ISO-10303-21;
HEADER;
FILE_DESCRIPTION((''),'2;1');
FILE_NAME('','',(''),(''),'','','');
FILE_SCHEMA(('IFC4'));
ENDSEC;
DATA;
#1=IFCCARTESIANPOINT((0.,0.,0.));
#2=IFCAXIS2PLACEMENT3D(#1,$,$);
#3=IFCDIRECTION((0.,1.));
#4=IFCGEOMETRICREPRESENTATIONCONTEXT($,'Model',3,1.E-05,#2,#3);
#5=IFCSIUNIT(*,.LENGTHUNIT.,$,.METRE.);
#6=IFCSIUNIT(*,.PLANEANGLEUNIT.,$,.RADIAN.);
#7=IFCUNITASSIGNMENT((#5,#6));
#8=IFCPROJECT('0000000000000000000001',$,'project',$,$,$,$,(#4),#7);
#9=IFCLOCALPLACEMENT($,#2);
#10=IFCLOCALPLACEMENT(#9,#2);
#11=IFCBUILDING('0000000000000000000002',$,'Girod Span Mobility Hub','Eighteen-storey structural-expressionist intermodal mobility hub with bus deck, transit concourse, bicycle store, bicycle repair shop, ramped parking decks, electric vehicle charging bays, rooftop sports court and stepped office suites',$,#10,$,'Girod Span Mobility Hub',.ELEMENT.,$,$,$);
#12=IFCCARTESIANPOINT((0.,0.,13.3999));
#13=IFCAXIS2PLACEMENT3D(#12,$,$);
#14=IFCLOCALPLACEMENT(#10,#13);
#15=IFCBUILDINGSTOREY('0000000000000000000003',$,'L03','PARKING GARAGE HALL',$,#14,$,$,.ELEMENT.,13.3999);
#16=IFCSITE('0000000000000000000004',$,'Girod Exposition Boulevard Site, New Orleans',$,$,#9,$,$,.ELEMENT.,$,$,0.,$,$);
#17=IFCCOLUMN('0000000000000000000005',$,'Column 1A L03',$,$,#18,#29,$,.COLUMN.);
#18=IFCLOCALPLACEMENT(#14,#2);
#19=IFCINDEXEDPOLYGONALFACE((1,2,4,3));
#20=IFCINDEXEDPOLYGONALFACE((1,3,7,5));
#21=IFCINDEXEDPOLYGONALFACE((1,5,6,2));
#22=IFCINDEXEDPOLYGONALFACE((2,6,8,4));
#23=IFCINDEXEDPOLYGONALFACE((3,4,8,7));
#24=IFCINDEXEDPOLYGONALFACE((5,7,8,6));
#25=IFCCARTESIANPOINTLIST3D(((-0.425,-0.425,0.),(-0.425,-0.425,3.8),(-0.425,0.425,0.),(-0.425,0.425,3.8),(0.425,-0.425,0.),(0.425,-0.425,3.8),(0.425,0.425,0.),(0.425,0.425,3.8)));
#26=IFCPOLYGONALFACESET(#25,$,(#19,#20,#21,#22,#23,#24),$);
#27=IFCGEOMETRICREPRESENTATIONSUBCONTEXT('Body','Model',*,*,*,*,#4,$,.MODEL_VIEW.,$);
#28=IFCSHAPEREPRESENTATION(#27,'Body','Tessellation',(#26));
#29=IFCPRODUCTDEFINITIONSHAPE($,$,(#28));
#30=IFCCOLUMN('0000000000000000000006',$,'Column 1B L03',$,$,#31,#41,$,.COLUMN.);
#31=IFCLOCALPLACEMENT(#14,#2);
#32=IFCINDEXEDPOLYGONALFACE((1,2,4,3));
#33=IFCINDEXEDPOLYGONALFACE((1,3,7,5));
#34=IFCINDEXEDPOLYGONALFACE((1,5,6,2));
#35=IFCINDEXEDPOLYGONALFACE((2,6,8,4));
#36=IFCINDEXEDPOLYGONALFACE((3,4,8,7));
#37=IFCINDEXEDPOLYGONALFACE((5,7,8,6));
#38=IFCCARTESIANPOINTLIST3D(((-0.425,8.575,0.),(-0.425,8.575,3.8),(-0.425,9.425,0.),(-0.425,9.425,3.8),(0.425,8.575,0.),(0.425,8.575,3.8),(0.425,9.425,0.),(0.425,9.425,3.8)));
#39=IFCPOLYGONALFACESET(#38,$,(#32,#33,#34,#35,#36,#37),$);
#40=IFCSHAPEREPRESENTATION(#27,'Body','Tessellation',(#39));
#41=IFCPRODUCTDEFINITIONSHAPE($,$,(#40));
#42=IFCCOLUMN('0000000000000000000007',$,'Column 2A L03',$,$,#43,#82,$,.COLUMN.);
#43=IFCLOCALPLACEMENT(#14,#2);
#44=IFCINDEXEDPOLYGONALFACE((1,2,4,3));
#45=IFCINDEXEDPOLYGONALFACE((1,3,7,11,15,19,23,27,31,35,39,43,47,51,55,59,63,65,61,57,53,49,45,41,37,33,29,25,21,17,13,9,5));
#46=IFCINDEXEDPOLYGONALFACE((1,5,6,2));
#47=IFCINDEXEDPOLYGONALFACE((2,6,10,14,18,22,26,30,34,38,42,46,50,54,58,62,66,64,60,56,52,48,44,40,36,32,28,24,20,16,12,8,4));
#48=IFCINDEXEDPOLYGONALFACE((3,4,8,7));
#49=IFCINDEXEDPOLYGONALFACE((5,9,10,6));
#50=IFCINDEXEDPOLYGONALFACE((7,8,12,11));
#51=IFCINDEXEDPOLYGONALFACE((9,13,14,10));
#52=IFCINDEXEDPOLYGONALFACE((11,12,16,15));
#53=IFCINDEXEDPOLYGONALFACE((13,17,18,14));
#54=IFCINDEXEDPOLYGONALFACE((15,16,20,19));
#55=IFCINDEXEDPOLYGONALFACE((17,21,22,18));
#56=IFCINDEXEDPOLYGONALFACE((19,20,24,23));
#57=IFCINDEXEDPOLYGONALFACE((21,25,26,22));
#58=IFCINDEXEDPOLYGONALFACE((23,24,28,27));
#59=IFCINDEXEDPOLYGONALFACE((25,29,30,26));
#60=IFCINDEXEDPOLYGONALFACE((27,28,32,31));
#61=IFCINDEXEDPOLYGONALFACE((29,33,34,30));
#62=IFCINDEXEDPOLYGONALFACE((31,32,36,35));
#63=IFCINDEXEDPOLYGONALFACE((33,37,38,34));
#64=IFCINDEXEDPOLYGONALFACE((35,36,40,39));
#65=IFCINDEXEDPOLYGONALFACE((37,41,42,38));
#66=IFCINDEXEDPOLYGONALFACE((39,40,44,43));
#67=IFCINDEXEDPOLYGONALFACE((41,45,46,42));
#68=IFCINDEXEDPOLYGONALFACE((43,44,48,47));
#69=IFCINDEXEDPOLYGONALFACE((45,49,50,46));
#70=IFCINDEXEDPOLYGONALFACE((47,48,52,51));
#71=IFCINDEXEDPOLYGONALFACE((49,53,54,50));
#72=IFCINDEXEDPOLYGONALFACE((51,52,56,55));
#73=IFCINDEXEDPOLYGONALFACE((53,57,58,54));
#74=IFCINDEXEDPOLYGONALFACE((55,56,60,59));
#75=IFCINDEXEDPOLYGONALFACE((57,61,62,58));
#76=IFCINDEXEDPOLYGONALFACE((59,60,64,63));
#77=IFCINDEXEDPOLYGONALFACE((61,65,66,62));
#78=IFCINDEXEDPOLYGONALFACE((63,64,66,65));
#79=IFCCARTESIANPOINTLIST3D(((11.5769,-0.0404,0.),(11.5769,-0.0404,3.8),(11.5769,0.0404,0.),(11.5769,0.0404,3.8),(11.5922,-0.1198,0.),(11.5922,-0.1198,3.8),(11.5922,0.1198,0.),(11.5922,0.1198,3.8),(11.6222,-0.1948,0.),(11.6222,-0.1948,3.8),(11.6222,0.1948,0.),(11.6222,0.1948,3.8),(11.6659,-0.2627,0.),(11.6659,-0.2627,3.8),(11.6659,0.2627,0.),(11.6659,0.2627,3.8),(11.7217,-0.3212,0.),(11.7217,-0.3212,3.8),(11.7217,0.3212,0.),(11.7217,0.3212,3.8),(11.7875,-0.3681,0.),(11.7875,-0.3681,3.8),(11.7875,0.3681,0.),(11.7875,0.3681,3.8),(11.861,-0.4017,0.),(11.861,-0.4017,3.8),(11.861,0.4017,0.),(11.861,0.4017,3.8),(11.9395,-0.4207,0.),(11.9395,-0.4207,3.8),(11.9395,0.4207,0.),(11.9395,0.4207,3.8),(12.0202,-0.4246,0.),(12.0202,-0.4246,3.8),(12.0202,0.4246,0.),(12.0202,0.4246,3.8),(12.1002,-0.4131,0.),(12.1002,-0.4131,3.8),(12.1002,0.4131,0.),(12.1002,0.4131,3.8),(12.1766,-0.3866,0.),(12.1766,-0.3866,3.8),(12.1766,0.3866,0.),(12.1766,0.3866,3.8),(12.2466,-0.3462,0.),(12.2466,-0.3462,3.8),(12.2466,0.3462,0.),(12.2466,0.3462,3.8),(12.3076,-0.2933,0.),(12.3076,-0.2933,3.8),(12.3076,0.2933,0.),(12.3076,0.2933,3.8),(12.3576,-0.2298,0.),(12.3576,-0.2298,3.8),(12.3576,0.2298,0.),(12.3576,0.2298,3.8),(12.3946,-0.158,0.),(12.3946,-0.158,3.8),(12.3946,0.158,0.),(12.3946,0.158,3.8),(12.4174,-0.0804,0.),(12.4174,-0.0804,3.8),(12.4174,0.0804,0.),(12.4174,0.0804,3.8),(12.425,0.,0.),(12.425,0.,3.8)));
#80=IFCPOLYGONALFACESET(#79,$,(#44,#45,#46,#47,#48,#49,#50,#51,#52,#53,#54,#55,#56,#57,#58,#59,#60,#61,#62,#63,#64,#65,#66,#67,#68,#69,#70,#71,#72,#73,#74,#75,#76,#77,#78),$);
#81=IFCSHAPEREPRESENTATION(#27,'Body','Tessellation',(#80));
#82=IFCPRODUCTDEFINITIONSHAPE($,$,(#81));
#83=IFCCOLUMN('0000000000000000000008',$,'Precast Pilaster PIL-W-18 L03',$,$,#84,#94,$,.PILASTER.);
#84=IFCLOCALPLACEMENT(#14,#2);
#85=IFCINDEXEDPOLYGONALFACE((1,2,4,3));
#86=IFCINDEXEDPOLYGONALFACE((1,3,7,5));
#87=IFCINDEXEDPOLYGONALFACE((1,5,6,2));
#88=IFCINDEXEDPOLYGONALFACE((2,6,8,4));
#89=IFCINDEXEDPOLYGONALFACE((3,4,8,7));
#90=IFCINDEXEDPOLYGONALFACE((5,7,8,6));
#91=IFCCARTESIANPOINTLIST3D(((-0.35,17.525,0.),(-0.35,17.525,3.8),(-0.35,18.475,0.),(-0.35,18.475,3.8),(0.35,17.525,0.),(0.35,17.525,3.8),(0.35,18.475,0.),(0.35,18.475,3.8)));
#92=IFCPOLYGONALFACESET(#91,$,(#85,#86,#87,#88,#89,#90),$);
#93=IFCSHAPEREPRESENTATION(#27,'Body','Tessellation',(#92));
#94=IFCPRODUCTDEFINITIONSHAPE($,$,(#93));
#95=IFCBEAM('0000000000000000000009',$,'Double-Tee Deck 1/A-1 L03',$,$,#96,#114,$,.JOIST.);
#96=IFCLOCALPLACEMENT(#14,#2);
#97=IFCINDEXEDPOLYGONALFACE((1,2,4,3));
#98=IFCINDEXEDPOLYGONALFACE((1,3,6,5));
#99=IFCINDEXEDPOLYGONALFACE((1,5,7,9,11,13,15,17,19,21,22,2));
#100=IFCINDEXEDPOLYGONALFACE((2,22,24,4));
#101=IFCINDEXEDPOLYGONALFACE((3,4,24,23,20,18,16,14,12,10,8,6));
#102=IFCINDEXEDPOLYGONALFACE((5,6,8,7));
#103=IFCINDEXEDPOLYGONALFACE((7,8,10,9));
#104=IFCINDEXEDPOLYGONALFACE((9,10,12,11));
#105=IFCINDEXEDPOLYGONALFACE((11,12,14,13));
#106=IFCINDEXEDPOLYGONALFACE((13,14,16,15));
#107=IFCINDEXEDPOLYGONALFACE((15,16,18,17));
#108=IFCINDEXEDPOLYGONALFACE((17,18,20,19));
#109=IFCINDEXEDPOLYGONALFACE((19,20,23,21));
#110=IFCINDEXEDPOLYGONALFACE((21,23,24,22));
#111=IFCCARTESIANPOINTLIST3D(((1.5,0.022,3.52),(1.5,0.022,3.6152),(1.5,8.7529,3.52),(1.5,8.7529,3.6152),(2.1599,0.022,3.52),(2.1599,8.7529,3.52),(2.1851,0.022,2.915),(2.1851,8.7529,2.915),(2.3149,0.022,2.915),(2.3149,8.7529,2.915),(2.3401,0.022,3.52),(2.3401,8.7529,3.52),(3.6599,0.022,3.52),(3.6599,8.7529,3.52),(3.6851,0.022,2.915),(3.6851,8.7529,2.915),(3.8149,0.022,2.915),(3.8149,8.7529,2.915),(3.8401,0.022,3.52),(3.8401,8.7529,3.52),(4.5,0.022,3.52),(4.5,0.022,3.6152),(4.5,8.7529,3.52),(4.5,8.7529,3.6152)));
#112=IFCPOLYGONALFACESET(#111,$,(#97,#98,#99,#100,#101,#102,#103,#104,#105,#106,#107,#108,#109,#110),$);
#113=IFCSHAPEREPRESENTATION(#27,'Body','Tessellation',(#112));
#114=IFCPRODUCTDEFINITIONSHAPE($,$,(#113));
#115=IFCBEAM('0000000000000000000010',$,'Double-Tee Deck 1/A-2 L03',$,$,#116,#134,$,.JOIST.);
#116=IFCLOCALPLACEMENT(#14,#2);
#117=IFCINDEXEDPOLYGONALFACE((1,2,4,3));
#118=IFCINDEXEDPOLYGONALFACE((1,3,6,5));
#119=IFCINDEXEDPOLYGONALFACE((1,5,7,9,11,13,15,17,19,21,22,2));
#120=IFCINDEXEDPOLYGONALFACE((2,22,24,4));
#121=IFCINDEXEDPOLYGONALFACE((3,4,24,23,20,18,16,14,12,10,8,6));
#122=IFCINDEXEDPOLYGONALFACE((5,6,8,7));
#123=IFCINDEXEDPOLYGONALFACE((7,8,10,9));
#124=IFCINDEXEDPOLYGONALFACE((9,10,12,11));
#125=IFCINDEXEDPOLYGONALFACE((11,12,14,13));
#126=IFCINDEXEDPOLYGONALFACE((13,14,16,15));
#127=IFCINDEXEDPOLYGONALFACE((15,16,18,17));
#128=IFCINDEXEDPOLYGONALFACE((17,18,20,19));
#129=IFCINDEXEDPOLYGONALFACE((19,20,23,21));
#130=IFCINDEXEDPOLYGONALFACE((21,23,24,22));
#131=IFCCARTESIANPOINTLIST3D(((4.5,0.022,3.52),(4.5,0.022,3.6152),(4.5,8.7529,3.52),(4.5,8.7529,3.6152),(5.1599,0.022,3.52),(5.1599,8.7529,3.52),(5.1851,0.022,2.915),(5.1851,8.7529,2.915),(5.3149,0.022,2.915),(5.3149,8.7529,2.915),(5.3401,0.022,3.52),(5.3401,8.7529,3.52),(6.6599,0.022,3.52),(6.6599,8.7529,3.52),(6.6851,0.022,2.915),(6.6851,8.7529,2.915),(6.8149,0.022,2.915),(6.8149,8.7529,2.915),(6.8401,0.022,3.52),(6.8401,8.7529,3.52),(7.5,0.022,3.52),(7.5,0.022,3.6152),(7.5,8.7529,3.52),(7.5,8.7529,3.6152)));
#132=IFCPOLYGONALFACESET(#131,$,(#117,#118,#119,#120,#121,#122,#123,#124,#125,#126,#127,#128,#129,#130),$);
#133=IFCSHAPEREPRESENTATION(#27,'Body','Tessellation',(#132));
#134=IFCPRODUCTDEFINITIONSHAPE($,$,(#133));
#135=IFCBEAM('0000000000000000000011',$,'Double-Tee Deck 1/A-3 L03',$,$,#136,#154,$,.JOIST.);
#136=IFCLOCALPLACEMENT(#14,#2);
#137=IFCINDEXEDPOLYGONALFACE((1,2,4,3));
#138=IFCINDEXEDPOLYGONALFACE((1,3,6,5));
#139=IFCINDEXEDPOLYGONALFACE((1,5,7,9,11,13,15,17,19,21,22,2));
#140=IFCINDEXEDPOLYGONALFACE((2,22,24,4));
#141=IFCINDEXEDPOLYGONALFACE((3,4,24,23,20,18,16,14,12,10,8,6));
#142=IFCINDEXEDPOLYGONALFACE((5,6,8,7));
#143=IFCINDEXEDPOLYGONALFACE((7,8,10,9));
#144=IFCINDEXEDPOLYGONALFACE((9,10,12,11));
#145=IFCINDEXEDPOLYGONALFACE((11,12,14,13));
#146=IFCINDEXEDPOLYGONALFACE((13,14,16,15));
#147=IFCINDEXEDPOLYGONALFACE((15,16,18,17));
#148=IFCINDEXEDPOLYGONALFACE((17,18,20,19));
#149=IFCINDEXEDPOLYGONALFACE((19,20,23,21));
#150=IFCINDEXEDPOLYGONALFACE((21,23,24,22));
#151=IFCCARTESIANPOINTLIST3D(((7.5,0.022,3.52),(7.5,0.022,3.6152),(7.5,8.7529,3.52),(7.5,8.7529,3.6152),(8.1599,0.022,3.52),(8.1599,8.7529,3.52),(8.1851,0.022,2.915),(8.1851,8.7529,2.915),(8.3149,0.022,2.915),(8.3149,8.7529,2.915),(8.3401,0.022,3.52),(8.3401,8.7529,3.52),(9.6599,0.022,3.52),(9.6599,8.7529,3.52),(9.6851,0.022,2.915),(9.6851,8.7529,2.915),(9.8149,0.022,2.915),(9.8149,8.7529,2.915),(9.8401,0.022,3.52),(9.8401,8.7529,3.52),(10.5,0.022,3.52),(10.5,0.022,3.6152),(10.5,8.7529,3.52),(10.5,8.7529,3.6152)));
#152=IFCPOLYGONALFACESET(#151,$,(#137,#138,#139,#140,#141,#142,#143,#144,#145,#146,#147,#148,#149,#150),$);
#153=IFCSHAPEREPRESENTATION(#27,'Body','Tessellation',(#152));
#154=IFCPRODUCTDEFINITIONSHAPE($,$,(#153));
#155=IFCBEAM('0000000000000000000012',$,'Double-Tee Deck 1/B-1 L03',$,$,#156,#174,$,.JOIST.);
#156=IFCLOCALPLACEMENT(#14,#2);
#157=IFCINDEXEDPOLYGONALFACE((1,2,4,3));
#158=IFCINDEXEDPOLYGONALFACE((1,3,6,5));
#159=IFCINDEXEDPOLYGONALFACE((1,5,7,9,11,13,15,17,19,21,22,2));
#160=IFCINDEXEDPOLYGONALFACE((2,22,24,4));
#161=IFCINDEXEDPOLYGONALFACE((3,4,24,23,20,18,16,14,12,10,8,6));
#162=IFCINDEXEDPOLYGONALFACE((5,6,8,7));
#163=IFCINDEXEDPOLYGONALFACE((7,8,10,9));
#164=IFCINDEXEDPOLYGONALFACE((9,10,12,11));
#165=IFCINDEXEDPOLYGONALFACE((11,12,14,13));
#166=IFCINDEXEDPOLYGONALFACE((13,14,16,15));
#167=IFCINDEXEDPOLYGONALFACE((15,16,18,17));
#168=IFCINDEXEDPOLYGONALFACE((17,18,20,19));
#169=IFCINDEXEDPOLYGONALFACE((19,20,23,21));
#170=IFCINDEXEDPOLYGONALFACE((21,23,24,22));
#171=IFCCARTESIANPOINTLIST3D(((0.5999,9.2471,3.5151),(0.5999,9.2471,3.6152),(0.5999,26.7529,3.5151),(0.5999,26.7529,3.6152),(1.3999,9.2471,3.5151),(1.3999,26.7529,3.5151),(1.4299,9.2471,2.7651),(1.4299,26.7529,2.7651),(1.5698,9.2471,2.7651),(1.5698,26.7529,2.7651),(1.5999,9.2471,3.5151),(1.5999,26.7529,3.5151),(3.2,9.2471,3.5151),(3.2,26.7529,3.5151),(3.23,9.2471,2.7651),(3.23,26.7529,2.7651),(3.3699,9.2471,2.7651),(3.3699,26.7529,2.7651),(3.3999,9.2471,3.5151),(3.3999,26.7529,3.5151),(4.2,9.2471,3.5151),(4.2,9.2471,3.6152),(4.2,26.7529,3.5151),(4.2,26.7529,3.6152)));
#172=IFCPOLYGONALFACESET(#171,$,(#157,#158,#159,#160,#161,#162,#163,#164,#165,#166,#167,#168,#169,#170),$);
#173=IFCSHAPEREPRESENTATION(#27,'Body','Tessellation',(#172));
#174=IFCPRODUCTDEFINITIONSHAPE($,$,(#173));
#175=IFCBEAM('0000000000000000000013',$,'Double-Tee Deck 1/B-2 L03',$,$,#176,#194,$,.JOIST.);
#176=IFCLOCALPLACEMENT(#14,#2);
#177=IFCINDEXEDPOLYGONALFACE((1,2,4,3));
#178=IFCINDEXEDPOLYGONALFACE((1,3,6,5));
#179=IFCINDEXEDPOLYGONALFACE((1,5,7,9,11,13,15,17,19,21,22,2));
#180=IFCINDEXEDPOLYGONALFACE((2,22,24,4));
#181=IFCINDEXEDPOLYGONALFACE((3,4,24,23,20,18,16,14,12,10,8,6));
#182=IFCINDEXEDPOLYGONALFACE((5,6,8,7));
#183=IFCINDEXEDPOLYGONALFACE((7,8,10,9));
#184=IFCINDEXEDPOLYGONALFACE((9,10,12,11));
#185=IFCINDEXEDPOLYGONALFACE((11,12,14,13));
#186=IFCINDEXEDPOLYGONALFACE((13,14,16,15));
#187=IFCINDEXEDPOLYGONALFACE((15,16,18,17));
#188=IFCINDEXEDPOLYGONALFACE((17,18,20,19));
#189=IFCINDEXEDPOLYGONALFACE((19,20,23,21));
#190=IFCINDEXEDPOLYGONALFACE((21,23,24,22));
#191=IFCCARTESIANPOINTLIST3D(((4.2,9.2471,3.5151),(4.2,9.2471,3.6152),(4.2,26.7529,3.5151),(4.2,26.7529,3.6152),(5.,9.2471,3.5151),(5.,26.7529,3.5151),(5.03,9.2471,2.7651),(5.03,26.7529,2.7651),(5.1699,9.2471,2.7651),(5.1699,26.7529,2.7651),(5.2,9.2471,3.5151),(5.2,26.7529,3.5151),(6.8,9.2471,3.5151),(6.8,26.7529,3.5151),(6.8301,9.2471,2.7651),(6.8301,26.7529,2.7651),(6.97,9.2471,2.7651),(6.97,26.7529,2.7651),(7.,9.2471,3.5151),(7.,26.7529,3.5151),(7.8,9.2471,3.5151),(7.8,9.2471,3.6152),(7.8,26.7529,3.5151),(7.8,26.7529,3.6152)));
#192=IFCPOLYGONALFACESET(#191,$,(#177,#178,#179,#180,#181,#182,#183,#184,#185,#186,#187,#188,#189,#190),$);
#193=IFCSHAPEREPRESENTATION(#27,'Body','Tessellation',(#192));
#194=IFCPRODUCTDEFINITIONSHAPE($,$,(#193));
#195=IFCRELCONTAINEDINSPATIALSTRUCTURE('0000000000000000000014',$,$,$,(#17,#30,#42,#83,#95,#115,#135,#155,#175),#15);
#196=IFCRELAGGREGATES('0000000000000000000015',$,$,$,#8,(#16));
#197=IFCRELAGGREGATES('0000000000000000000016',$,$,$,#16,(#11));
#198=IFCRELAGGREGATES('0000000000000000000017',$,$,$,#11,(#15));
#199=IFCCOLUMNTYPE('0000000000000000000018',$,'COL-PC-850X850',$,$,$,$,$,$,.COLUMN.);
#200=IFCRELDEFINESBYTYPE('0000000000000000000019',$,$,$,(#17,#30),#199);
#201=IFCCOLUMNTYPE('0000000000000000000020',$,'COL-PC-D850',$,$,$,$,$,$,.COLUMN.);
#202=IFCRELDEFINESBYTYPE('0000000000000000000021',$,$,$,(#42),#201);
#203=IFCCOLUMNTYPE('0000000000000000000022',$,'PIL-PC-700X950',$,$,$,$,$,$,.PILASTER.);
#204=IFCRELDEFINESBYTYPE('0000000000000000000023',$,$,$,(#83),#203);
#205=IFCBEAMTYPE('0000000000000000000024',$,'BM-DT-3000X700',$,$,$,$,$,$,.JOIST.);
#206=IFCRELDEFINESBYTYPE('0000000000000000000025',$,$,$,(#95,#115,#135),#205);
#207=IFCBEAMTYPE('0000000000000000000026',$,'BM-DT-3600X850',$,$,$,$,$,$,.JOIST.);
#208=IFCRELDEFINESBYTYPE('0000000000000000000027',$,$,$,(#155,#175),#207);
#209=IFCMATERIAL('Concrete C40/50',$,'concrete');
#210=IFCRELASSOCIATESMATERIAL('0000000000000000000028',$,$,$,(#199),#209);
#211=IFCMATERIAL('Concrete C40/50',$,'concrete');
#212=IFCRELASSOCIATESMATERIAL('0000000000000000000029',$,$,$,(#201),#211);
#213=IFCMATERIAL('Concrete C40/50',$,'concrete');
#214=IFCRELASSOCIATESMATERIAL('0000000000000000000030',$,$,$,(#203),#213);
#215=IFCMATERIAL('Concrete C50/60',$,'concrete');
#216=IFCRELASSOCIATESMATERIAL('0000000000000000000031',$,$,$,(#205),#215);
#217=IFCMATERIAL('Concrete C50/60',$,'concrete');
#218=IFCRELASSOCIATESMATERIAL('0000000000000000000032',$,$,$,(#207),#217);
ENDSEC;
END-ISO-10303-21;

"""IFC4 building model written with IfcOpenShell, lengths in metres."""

from ifc_helpers import new_model, si_unit, direction, frame, origin, origin_2d, place, context, subcontext, project, spatial, polyline, rectangle, circle, outline, extrude, material, material_profile, profile_set, type_object, element, save


model = new_model("IFC4")

# Units and contexts
model_context = context("Model", 3, precision=1e-05, world=origin(), true_north=direction((0.0, 1.0)))
body_context = subcontext(model_context, "Body", "Model", "MODEL_VIEW")
ifc_project = project(units=[si_unit("LENGTHUNIT", "METRE"), si_unit("PLANEANGLEUNIT", "RADIAN")], contexts=[model_context])

# Site, building, storey
site_placement = place(None, origin())
site = spatial("IfcSite", under=ifc_project, at=site_placement, Name="Girod Exposition Boulevard Site, New Orleans", CompositionType="ELEMENT", RefElevation=0.0)
building_placement = place(site_placement, origin())
building = spatial("IfcBuilding", under=site, at=building_placement, Name="Girod Span Mobility Hub", Description="Eighteen-storey structural-expressionist intermodal mobility hub with bus deck, transit concourse, bicycle store, bicycle repair shop, ramped parking decks, electric vehicle charging bays, rooftop sports court and stepped office suites", LongName="Girod Span Mobility Hub", CompositionType="ELEMENT")
storey_placement = place(building_placement, frame((0.0, 0.0, 13.3999)))
storey = spatial("IfcBuildingStorey", under=building, at=storey_placement, Name="L03", Description="PARKING GARAGE HALL", CompositionType="ELEMENT", Elevation=13.3999)

# Columns
ifc_material_1 = material(Name="Concrete C40/50", Category="concrete")
ifc_material_profile_1 = material_profile(ifc_material_1, rectangle(XDim=0.8501, YDim=0.8501, at=origin_2d()), Name="PC-COL-850X850")
ifc_profile_set_1 = profile_set([ifc_material_profile_1], Name="Concrete C40/50")
column_type_1 = type_object("IfcColumnType", Name="COL-PC-850X850", PredefinedType="COLUMN", material=ifc_profile_set_1)
for number, where, z_axis, x_axis, name in (
    (1, (0.0, 0.0, 0.0), (0.0, 0.0, 1.0), (1.0, 0.0, 0.0), "Column 1A L03"),
    (2, (0.0, 9.0, 0.0), (0.0, 0.0, 1.0), (1.0, 0.0, 0.0), "Column 1B L03"),
):
    element("IfcColumn", number, at=place(storey_placement, frame(where, z_axis=z_axis, x_axis=x_axis)), inside=storey, type_object=column_type_1, Name=name, PredefinedType="COLUMN", context=body_context, shape_type="SweptSolid", body=[
        extrude(rectangle(XDim=0.8501, YDim=0.8501, at=origin_2d()), origin(), (0.0, 0.0, 1.0), 3.8),
    ])
ifc_material_2 = material(Name="Concrete C40/50", Category="concrete")
ifc_material_profile_2 = material_profile(ifc_material_2, circle(Radius=0.425, at=origin_2d()), Name="PC-CIR-D850")
ifc_profile_set_2 = profile_set([ifc_material_profile_2], Name="Concrete C40/50")
column_type_2 = type_object("IfcColumnType", Name="COL-PC-D850", PredefinedType="COLUMN", material=ifc_profile_set_2)
column_1_placement = place(storey_placement, frame((12.0, 0.0, 0.0), z_axis=(0.0, 0.0, 1.0), x_axis=(1.0, 0.0, 0.0)))
element("IfcColumn", 3, at=column_1_placement, inside=storey, type_object=column_type_2, Name="Column 2A L03", PredefinedType="COLUMN", context=body_context, shape_type="SweptSolid", body=[
    extrude(circle(Radius=0.425, at=origin_2d()), origin(), (0.0, 0.0, 1.0), 3.8),
])
ifc_material_3 = material(Name="Concrete C40/50", Category="concrete")
ifc_material_profile_3 = material_profile(ifc_material_3, rectangle(XDim=0.7, YDim=0.95, at=origin_2d()), Name="PC-PIL-700X950")
ifc_profile_set_3 = profile_set([ifc_material_profile_3], Name="Concrete C40/50")
column_type_3 = type_object("IfcColumnType", Name="PIL-PC-700X950", PredefinedType="PILASTER", material=ifc_profile_set_3)
column_2_placement = place(storey_placement, frame((0.0, 18.0, 0.0), z_axis=(0.0, 0.0, 1.0), x_axis=(1.0, 0.0, 0.0)))
element("IfcColumn", 4, at=column_2_placement, inside=storey, type_object=column_type_3, Name="Precast Pilaster PIL-W-18 L03", PredefinedType="PILASTER", context=body_context, shape_type="SweptSolid", body=[
    extrude(rectangle(XDim=0.7, YDim=0.95, at=origin_2d()), origin(), (0.0, 0.0, 1.0), 3.8),
])

# Beams
ifc_material_4 = material(Name="Concrete C50/60", Category="concrete")
ifc_material_profile_4 = material_profile(ifc_material_4, outline(polyline([(-1.5, 0.3501), (-1.5, 0.2549), (-0.8401, 0.2549), (-0.8149, -0.3501), (-0.6851, -0.3501), (-0.6599, 0.2549), (0.6599, 0.2549), (0.6851, -0.3501), (0.8149, -0.3501), (0.8401, 0.2549), (1.5, 0.2549), (1.5, 0.3501), (-1.5, 0.3501)])), Name="DT-3000X700")
ifc_profile_set_4 = profile_set([ifc_material_profile_4], Name="Concrete C50/60")
beam_type_1 = type_object("IfcBeamType", Name="BM-DT-3000X700", PredefinedType="JOIST", material=ifc_profile_set_4)
for number, where, z_axis, x_axis, name in (
    (5, (3.0, 0.022, 3.2651), (0.0, 1.0, 0.0), (-1.0, 0.0, 0.0), "Double-Tee Deck 1/A-1 L03"),
    (6, (6.0, 0.022, 3.2651), (0.0, 1.0, 0.0), (-1.0, 0.0, 0.0), "Double-Tee Deck 1/A-2 L03"),
    (7, (9.0, 0.022, 3.2651), (0.0, 1.0, 0.0), (-1.0, 0.0, 0.0), "Double-Tee Deck 1/A-3 L03"),
):
    element("IfcBeam", number, at=place(storey_placement, frame(where, z_axis=z_axis, x_axis=x_axis)), inside=storey, type_object=beam_type_1, Name=name, PredefinedType="JOIST", context=body_context, shape_type="SweptSolid", body=[
        extrude(outline(polyline([(-1.5, 0.3501), (-1.5, 0.2549), (-0.8401, 0.2549), (-0.8149, -0.3501), (-0.6851, -0.3501), (-0.6599, 0.2549), (0.6599, 0.2549), (0.6851, -0.3501), (0.8149, -0.3501), (0.8401, 0.2549), (1.5, 0.2549), (1.5, 0.3501), (-1.5, 0.3501)])), origin(), (0.0, 0.0, 1.0), 8.731),
    ])
ifc_material_5 = material(Name="Concrete C50/60", Category="concrete")
ifc_material_profile_5 = material_profile(ifc_material_5, outline(polyline([(-1.8, 0.425), (-1.8, 0.325), (-1.0, 0.325), (-0.97, -0.425), (-0.8301, -0.425), (-0.8, 0.325), (0.8, 0.325), (0.8301, -0.425), (0.97, -0.425), (1.0, 0.325), (1.8, 0.325), (1.8, 0.425), (-1.8, 0.425)])), Name="DT-3600X850")
ifc_profile_set_5 = profile_set([ifc_material_profile_5], Name="Concrete C50/60")
beam_type_2 = type_object("IfcBeamType", Name="BM-DT-3600X850", PredefinedType="JOIST", material=ifc_profile_set_5)
for number, where, z_axis, x_axis, name in (
    (8, (2.3999, 9.2471, 3.1902), (0.0, 1.0, 0.0), (-1.0, 0.0, 0.0), "Double-Tee Deck 1/B-1 L03"),
    (9, (6.0, 9.2471, 3.1902), (0.0, 1.0, 0.0), (-1.0, 0.0, 0.0), "Double-Tee Deck 1/B-2 L03"),
):
    element("IfcBeam", number, at=place(storey_placement, frame(where, z_axis=z_axis, x_axis=x_axis)), inside=storey, type_object=beam_type_2, Name=name, PredefinedType="JOIST", context=body_context, shape_type="SweptSolid", body=[
        extrude(outline(polyline([(-1.8, 0.425), (-1.8, 0.325), (-1.0, 0.325), (-0.97, -0.425), (-0.8301, -0.425), (-0.8, 0.325), (0.8, 0.325), (0.8301, -0.425), (0.97, -0.425), (1.0, 0.325), (1.8, 0.325), (1.8, 0.425), (-1.8, 0.425)])), origin(), (0.0, 0.0, 1.0), 17.5059),
    ])

save(model, "model.ifc")
